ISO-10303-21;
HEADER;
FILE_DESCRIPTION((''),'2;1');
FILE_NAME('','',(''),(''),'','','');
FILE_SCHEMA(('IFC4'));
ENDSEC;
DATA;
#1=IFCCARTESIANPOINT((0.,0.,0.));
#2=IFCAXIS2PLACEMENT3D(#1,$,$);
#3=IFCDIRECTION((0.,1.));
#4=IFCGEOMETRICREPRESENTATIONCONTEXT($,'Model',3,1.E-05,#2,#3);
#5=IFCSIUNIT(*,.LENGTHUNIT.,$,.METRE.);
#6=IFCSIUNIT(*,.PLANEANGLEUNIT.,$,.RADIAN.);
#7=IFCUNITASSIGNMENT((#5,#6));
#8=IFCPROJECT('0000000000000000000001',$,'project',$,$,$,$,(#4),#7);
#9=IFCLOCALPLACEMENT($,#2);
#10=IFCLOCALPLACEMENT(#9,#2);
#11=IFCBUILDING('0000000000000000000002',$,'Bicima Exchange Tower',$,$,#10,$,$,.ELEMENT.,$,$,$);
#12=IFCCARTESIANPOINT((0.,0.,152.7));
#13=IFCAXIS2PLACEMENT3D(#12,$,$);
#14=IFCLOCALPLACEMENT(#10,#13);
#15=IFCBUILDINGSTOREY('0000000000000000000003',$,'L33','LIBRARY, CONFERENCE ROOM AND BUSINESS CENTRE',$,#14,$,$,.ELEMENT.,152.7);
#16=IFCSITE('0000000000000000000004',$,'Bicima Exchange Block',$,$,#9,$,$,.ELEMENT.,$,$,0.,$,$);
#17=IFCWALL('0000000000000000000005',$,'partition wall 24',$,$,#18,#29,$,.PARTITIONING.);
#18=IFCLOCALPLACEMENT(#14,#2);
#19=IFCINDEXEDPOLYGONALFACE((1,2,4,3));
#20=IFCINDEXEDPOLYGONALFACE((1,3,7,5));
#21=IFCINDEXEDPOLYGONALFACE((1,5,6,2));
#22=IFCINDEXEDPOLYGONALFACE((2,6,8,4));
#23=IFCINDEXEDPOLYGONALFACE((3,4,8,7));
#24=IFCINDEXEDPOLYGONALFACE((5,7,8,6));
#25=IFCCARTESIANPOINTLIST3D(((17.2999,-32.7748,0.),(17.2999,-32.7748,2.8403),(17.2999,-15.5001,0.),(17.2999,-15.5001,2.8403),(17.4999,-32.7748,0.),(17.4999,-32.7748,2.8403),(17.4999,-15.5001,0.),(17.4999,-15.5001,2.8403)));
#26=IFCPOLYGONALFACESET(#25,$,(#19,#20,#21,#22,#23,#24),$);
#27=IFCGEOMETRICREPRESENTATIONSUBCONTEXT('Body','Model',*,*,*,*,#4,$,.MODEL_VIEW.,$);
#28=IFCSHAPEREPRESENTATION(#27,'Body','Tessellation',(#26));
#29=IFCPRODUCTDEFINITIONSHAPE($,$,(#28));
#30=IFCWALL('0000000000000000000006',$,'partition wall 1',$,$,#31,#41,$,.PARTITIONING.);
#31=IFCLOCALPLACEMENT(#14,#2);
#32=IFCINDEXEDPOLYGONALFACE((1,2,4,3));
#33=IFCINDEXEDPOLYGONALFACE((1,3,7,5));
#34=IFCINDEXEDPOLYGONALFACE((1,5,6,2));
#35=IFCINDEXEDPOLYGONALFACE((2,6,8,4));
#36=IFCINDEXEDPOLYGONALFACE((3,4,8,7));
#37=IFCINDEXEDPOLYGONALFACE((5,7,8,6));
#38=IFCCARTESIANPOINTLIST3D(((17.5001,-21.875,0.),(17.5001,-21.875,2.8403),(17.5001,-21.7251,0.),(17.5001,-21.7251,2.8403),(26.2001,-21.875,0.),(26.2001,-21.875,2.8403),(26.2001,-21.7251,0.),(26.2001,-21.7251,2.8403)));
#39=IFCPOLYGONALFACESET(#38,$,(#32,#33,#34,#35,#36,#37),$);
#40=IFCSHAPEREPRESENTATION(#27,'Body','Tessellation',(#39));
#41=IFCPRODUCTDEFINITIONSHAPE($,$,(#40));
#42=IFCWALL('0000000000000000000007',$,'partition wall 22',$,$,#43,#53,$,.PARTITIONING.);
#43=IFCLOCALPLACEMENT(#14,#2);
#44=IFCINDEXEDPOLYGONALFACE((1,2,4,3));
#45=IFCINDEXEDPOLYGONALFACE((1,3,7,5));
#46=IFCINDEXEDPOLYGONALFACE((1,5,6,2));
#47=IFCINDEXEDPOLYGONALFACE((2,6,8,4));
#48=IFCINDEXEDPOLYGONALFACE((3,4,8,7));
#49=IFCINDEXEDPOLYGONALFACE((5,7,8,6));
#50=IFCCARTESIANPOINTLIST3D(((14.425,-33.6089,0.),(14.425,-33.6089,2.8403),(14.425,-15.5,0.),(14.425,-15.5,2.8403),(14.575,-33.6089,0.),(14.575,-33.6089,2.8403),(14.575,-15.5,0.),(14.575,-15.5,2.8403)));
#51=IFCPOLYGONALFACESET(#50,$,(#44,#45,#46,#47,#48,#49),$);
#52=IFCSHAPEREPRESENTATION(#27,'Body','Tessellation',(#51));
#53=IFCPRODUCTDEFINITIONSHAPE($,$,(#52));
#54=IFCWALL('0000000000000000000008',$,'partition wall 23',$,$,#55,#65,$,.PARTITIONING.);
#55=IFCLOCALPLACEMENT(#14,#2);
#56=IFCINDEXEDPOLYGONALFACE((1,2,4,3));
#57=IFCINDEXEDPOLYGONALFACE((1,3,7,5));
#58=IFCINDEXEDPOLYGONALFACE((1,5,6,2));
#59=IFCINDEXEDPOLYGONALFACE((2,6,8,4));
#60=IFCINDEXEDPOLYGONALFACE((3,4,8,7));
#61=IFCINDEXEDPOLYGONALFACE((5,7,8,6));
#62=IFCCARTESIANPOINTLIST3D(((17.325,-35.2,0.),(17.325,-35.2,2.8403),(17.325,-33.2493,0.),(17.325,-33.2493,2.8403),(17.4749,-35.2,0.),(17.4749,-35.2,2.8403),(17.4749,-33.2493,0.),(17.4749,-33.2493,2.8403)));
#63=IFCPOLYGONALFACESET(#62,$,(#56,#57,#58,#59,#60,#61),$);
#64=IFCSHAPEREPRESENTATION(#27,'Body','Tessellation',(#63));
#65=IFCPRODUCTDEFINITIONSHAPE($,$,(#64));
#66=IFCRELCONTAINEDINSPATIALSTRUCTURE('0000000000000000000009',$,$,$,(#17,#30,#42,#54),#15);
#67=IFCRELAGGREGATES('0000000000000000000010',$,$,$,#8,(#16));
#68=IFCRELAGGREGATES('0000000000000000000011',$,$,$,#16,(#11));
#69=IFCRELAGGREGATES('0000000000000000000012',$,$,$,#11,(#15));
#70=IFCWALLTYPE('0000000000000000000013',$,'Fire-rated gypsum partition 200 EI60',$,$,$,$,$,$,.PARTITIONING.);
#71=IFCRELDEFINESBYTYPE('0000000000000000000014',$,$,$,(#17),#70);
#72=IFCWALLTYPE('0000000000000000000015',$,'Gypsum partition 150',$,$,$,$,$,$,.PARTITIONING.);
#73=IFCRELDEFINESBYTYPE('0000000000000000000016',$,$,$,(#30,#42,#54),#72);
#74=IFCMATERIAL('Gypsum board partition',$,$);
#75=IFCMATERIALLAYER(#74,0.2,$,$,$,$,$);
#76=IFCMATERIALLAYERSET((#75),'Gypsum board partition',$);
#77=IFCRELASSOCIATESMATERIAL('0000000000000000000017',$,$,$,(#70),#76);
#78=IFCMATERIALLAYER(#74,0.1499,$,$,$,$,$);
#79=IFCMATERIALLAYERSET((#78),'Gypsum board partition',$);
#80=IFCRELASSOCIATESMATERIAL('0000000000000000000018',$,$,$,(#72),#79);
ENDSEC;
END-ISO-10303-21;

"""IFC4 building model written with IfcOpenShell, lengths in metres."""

from ifc_helpers import new_model, si_unit, direction, frame, frame_2d, origin, place, context, subcontext, project, spatial, rectangle, extrude, material, layer, layer_set, type_object, element, save


model = new_model("IFC4")

# Units and contexts
model_context = context("Model", 3, precision=1e-05, world=origin(), true_north=direction((0.0, 1.0)))
body_context = subcontext(model_context, "Body", "Model", "MODEL_VIEW")
ifc_project = project(units=[si_unit("LENGTHUNIT", "METRE"), si_unit("PLANEANGLEUNIT", "RADIAN")], contexts=[model_context])

# Site, building, storey
site_placement = place(None, origin())
site = spatial("IfcSite", under=ifc_project, at=site_placement, Name="Bicima Exchange Block", CompositionType="ELEMENT", RefElevation=0.0)
building_placement = place(site_placement, origin())
building = spatial("IfcBuilding", under=site, at=building_placement, Name="Bicima Exchange Tower", CompositionType="ELEMENT")
storey_placement = place(building_placement, frame((0.0, 0.0, 152.7)))
storey = spatial("IfcBuildingStorey", under=building, at=storey_placement, Name="L33", Description="LIBRARY, CONFERENCE ROOM AND BUSINESS CENTRE", CompositionType="ELEMENT", Elevation=152.7)

# Shared definitions
ifc_material_1 = material(Name="Gypsum board partition")
ifc_layer_1 = layer(ifc_material_1, 0.2)
ifc_layer_set_1 = layer_set([ifc_layer_1], Name="Gypsum board partition")
wall_type_1 = type_object("IfcWallType", Name="Fire-rated gypsum partition 200 EI60", PredefinedType="PARTITIONING", material=ifc_layer_set_1)

# Walls
wall_1_placement = place(storey_placement, frame((17.3999, -32.7747, 0.0), z_axis=(0.0, 0.0, 1.0), x_axis=(0.0, 1.0, 0.0)))
element("IfcWall", 1, at=wall_1_placement, inside=storey, type_object=wall_type_1, Name="partition wall 24", PredefinedType="PARTITIONING", context=body_context, shape_type="SweptSolid", body=[
    extrude(rectangle(XDim=17.2747, YDim=0.2, at=frame_2d((8.6372, 0.0))), origin(), (0.0, 0.0, 1.0), 2.8403),
])
ifc_layer_2 = layer(ifc_material_1, 0.1499)
ifc_layer_set_2 = layer_set([ifc_layer_2], Name="Gypsum board partition")
wall_type_2 = type_object("IfcWallType", Name="Gypsum partition 150", PredefinedType="PARTITIONING", material=ifc_layer_set_2)
wall_2_placement = place(storey_placement, frame((17.5, -21.8, 0.0), z_axis=(0.0, 0.0, 1.0), x_axis=(1.0, 0.0, 0.0)))
element("IfcWall", 2, at=wall_2_placement, inside=storey, type_object=wall_type_2, Name="partition wall 1", PredefinedType="PARTITIONING", context=body_context, shape_type="SweptSolid", body=[
    extrude(rectangle(XDim=8.7, YDim=0.1499, at=frame_2d((4.3501, 0.0))), origin(), (0.0, 0.0, 1.0), 2.8403),
])
wall_3_placement = place(storey_placement, frame((14.5, -33.6089, 0.0), z_axis=(0.0, 0.0, 1.0), x_axis=(0.0, 1.0, 0.0)))
element("IfcWall", 3, at=wall_3_placement, inside=storey, type_object=wall_type_2, Name="partition wall 22", PredefinedType="PARTITIONING", context=body_context, shape_type="SweptSolid", body=[
    extrude(rectangle(XDim=18.1089, YDim=0.1499, at=frame_2d((9.0544, 0.0))), origin(), (0.0, 0.0, 1.0), 2.8403),
])
wall_4_placement = place(storey_placement, frame((17.3999, -35.2, 0.0), z_axis=(0.0, 0.0, 1.0), x_axis=(0.0, 1.0, 0.0)))
element("IfcWall", 4, at=wall_4_placement, inside=storey, type_object=wall_type_2, Name="partition wall 23", PredefinedType="PARTITIONING", context=body_context, shape_type="SweptSolid", body=[
    extrude(rectangle(XDim=1.9507, YDim=0.1499, at=frame_2d((0.9753, 0.0))), origin(), (0.0, 0.0, 1.0), 2.8403),
])

save(model, "model.ifc")
